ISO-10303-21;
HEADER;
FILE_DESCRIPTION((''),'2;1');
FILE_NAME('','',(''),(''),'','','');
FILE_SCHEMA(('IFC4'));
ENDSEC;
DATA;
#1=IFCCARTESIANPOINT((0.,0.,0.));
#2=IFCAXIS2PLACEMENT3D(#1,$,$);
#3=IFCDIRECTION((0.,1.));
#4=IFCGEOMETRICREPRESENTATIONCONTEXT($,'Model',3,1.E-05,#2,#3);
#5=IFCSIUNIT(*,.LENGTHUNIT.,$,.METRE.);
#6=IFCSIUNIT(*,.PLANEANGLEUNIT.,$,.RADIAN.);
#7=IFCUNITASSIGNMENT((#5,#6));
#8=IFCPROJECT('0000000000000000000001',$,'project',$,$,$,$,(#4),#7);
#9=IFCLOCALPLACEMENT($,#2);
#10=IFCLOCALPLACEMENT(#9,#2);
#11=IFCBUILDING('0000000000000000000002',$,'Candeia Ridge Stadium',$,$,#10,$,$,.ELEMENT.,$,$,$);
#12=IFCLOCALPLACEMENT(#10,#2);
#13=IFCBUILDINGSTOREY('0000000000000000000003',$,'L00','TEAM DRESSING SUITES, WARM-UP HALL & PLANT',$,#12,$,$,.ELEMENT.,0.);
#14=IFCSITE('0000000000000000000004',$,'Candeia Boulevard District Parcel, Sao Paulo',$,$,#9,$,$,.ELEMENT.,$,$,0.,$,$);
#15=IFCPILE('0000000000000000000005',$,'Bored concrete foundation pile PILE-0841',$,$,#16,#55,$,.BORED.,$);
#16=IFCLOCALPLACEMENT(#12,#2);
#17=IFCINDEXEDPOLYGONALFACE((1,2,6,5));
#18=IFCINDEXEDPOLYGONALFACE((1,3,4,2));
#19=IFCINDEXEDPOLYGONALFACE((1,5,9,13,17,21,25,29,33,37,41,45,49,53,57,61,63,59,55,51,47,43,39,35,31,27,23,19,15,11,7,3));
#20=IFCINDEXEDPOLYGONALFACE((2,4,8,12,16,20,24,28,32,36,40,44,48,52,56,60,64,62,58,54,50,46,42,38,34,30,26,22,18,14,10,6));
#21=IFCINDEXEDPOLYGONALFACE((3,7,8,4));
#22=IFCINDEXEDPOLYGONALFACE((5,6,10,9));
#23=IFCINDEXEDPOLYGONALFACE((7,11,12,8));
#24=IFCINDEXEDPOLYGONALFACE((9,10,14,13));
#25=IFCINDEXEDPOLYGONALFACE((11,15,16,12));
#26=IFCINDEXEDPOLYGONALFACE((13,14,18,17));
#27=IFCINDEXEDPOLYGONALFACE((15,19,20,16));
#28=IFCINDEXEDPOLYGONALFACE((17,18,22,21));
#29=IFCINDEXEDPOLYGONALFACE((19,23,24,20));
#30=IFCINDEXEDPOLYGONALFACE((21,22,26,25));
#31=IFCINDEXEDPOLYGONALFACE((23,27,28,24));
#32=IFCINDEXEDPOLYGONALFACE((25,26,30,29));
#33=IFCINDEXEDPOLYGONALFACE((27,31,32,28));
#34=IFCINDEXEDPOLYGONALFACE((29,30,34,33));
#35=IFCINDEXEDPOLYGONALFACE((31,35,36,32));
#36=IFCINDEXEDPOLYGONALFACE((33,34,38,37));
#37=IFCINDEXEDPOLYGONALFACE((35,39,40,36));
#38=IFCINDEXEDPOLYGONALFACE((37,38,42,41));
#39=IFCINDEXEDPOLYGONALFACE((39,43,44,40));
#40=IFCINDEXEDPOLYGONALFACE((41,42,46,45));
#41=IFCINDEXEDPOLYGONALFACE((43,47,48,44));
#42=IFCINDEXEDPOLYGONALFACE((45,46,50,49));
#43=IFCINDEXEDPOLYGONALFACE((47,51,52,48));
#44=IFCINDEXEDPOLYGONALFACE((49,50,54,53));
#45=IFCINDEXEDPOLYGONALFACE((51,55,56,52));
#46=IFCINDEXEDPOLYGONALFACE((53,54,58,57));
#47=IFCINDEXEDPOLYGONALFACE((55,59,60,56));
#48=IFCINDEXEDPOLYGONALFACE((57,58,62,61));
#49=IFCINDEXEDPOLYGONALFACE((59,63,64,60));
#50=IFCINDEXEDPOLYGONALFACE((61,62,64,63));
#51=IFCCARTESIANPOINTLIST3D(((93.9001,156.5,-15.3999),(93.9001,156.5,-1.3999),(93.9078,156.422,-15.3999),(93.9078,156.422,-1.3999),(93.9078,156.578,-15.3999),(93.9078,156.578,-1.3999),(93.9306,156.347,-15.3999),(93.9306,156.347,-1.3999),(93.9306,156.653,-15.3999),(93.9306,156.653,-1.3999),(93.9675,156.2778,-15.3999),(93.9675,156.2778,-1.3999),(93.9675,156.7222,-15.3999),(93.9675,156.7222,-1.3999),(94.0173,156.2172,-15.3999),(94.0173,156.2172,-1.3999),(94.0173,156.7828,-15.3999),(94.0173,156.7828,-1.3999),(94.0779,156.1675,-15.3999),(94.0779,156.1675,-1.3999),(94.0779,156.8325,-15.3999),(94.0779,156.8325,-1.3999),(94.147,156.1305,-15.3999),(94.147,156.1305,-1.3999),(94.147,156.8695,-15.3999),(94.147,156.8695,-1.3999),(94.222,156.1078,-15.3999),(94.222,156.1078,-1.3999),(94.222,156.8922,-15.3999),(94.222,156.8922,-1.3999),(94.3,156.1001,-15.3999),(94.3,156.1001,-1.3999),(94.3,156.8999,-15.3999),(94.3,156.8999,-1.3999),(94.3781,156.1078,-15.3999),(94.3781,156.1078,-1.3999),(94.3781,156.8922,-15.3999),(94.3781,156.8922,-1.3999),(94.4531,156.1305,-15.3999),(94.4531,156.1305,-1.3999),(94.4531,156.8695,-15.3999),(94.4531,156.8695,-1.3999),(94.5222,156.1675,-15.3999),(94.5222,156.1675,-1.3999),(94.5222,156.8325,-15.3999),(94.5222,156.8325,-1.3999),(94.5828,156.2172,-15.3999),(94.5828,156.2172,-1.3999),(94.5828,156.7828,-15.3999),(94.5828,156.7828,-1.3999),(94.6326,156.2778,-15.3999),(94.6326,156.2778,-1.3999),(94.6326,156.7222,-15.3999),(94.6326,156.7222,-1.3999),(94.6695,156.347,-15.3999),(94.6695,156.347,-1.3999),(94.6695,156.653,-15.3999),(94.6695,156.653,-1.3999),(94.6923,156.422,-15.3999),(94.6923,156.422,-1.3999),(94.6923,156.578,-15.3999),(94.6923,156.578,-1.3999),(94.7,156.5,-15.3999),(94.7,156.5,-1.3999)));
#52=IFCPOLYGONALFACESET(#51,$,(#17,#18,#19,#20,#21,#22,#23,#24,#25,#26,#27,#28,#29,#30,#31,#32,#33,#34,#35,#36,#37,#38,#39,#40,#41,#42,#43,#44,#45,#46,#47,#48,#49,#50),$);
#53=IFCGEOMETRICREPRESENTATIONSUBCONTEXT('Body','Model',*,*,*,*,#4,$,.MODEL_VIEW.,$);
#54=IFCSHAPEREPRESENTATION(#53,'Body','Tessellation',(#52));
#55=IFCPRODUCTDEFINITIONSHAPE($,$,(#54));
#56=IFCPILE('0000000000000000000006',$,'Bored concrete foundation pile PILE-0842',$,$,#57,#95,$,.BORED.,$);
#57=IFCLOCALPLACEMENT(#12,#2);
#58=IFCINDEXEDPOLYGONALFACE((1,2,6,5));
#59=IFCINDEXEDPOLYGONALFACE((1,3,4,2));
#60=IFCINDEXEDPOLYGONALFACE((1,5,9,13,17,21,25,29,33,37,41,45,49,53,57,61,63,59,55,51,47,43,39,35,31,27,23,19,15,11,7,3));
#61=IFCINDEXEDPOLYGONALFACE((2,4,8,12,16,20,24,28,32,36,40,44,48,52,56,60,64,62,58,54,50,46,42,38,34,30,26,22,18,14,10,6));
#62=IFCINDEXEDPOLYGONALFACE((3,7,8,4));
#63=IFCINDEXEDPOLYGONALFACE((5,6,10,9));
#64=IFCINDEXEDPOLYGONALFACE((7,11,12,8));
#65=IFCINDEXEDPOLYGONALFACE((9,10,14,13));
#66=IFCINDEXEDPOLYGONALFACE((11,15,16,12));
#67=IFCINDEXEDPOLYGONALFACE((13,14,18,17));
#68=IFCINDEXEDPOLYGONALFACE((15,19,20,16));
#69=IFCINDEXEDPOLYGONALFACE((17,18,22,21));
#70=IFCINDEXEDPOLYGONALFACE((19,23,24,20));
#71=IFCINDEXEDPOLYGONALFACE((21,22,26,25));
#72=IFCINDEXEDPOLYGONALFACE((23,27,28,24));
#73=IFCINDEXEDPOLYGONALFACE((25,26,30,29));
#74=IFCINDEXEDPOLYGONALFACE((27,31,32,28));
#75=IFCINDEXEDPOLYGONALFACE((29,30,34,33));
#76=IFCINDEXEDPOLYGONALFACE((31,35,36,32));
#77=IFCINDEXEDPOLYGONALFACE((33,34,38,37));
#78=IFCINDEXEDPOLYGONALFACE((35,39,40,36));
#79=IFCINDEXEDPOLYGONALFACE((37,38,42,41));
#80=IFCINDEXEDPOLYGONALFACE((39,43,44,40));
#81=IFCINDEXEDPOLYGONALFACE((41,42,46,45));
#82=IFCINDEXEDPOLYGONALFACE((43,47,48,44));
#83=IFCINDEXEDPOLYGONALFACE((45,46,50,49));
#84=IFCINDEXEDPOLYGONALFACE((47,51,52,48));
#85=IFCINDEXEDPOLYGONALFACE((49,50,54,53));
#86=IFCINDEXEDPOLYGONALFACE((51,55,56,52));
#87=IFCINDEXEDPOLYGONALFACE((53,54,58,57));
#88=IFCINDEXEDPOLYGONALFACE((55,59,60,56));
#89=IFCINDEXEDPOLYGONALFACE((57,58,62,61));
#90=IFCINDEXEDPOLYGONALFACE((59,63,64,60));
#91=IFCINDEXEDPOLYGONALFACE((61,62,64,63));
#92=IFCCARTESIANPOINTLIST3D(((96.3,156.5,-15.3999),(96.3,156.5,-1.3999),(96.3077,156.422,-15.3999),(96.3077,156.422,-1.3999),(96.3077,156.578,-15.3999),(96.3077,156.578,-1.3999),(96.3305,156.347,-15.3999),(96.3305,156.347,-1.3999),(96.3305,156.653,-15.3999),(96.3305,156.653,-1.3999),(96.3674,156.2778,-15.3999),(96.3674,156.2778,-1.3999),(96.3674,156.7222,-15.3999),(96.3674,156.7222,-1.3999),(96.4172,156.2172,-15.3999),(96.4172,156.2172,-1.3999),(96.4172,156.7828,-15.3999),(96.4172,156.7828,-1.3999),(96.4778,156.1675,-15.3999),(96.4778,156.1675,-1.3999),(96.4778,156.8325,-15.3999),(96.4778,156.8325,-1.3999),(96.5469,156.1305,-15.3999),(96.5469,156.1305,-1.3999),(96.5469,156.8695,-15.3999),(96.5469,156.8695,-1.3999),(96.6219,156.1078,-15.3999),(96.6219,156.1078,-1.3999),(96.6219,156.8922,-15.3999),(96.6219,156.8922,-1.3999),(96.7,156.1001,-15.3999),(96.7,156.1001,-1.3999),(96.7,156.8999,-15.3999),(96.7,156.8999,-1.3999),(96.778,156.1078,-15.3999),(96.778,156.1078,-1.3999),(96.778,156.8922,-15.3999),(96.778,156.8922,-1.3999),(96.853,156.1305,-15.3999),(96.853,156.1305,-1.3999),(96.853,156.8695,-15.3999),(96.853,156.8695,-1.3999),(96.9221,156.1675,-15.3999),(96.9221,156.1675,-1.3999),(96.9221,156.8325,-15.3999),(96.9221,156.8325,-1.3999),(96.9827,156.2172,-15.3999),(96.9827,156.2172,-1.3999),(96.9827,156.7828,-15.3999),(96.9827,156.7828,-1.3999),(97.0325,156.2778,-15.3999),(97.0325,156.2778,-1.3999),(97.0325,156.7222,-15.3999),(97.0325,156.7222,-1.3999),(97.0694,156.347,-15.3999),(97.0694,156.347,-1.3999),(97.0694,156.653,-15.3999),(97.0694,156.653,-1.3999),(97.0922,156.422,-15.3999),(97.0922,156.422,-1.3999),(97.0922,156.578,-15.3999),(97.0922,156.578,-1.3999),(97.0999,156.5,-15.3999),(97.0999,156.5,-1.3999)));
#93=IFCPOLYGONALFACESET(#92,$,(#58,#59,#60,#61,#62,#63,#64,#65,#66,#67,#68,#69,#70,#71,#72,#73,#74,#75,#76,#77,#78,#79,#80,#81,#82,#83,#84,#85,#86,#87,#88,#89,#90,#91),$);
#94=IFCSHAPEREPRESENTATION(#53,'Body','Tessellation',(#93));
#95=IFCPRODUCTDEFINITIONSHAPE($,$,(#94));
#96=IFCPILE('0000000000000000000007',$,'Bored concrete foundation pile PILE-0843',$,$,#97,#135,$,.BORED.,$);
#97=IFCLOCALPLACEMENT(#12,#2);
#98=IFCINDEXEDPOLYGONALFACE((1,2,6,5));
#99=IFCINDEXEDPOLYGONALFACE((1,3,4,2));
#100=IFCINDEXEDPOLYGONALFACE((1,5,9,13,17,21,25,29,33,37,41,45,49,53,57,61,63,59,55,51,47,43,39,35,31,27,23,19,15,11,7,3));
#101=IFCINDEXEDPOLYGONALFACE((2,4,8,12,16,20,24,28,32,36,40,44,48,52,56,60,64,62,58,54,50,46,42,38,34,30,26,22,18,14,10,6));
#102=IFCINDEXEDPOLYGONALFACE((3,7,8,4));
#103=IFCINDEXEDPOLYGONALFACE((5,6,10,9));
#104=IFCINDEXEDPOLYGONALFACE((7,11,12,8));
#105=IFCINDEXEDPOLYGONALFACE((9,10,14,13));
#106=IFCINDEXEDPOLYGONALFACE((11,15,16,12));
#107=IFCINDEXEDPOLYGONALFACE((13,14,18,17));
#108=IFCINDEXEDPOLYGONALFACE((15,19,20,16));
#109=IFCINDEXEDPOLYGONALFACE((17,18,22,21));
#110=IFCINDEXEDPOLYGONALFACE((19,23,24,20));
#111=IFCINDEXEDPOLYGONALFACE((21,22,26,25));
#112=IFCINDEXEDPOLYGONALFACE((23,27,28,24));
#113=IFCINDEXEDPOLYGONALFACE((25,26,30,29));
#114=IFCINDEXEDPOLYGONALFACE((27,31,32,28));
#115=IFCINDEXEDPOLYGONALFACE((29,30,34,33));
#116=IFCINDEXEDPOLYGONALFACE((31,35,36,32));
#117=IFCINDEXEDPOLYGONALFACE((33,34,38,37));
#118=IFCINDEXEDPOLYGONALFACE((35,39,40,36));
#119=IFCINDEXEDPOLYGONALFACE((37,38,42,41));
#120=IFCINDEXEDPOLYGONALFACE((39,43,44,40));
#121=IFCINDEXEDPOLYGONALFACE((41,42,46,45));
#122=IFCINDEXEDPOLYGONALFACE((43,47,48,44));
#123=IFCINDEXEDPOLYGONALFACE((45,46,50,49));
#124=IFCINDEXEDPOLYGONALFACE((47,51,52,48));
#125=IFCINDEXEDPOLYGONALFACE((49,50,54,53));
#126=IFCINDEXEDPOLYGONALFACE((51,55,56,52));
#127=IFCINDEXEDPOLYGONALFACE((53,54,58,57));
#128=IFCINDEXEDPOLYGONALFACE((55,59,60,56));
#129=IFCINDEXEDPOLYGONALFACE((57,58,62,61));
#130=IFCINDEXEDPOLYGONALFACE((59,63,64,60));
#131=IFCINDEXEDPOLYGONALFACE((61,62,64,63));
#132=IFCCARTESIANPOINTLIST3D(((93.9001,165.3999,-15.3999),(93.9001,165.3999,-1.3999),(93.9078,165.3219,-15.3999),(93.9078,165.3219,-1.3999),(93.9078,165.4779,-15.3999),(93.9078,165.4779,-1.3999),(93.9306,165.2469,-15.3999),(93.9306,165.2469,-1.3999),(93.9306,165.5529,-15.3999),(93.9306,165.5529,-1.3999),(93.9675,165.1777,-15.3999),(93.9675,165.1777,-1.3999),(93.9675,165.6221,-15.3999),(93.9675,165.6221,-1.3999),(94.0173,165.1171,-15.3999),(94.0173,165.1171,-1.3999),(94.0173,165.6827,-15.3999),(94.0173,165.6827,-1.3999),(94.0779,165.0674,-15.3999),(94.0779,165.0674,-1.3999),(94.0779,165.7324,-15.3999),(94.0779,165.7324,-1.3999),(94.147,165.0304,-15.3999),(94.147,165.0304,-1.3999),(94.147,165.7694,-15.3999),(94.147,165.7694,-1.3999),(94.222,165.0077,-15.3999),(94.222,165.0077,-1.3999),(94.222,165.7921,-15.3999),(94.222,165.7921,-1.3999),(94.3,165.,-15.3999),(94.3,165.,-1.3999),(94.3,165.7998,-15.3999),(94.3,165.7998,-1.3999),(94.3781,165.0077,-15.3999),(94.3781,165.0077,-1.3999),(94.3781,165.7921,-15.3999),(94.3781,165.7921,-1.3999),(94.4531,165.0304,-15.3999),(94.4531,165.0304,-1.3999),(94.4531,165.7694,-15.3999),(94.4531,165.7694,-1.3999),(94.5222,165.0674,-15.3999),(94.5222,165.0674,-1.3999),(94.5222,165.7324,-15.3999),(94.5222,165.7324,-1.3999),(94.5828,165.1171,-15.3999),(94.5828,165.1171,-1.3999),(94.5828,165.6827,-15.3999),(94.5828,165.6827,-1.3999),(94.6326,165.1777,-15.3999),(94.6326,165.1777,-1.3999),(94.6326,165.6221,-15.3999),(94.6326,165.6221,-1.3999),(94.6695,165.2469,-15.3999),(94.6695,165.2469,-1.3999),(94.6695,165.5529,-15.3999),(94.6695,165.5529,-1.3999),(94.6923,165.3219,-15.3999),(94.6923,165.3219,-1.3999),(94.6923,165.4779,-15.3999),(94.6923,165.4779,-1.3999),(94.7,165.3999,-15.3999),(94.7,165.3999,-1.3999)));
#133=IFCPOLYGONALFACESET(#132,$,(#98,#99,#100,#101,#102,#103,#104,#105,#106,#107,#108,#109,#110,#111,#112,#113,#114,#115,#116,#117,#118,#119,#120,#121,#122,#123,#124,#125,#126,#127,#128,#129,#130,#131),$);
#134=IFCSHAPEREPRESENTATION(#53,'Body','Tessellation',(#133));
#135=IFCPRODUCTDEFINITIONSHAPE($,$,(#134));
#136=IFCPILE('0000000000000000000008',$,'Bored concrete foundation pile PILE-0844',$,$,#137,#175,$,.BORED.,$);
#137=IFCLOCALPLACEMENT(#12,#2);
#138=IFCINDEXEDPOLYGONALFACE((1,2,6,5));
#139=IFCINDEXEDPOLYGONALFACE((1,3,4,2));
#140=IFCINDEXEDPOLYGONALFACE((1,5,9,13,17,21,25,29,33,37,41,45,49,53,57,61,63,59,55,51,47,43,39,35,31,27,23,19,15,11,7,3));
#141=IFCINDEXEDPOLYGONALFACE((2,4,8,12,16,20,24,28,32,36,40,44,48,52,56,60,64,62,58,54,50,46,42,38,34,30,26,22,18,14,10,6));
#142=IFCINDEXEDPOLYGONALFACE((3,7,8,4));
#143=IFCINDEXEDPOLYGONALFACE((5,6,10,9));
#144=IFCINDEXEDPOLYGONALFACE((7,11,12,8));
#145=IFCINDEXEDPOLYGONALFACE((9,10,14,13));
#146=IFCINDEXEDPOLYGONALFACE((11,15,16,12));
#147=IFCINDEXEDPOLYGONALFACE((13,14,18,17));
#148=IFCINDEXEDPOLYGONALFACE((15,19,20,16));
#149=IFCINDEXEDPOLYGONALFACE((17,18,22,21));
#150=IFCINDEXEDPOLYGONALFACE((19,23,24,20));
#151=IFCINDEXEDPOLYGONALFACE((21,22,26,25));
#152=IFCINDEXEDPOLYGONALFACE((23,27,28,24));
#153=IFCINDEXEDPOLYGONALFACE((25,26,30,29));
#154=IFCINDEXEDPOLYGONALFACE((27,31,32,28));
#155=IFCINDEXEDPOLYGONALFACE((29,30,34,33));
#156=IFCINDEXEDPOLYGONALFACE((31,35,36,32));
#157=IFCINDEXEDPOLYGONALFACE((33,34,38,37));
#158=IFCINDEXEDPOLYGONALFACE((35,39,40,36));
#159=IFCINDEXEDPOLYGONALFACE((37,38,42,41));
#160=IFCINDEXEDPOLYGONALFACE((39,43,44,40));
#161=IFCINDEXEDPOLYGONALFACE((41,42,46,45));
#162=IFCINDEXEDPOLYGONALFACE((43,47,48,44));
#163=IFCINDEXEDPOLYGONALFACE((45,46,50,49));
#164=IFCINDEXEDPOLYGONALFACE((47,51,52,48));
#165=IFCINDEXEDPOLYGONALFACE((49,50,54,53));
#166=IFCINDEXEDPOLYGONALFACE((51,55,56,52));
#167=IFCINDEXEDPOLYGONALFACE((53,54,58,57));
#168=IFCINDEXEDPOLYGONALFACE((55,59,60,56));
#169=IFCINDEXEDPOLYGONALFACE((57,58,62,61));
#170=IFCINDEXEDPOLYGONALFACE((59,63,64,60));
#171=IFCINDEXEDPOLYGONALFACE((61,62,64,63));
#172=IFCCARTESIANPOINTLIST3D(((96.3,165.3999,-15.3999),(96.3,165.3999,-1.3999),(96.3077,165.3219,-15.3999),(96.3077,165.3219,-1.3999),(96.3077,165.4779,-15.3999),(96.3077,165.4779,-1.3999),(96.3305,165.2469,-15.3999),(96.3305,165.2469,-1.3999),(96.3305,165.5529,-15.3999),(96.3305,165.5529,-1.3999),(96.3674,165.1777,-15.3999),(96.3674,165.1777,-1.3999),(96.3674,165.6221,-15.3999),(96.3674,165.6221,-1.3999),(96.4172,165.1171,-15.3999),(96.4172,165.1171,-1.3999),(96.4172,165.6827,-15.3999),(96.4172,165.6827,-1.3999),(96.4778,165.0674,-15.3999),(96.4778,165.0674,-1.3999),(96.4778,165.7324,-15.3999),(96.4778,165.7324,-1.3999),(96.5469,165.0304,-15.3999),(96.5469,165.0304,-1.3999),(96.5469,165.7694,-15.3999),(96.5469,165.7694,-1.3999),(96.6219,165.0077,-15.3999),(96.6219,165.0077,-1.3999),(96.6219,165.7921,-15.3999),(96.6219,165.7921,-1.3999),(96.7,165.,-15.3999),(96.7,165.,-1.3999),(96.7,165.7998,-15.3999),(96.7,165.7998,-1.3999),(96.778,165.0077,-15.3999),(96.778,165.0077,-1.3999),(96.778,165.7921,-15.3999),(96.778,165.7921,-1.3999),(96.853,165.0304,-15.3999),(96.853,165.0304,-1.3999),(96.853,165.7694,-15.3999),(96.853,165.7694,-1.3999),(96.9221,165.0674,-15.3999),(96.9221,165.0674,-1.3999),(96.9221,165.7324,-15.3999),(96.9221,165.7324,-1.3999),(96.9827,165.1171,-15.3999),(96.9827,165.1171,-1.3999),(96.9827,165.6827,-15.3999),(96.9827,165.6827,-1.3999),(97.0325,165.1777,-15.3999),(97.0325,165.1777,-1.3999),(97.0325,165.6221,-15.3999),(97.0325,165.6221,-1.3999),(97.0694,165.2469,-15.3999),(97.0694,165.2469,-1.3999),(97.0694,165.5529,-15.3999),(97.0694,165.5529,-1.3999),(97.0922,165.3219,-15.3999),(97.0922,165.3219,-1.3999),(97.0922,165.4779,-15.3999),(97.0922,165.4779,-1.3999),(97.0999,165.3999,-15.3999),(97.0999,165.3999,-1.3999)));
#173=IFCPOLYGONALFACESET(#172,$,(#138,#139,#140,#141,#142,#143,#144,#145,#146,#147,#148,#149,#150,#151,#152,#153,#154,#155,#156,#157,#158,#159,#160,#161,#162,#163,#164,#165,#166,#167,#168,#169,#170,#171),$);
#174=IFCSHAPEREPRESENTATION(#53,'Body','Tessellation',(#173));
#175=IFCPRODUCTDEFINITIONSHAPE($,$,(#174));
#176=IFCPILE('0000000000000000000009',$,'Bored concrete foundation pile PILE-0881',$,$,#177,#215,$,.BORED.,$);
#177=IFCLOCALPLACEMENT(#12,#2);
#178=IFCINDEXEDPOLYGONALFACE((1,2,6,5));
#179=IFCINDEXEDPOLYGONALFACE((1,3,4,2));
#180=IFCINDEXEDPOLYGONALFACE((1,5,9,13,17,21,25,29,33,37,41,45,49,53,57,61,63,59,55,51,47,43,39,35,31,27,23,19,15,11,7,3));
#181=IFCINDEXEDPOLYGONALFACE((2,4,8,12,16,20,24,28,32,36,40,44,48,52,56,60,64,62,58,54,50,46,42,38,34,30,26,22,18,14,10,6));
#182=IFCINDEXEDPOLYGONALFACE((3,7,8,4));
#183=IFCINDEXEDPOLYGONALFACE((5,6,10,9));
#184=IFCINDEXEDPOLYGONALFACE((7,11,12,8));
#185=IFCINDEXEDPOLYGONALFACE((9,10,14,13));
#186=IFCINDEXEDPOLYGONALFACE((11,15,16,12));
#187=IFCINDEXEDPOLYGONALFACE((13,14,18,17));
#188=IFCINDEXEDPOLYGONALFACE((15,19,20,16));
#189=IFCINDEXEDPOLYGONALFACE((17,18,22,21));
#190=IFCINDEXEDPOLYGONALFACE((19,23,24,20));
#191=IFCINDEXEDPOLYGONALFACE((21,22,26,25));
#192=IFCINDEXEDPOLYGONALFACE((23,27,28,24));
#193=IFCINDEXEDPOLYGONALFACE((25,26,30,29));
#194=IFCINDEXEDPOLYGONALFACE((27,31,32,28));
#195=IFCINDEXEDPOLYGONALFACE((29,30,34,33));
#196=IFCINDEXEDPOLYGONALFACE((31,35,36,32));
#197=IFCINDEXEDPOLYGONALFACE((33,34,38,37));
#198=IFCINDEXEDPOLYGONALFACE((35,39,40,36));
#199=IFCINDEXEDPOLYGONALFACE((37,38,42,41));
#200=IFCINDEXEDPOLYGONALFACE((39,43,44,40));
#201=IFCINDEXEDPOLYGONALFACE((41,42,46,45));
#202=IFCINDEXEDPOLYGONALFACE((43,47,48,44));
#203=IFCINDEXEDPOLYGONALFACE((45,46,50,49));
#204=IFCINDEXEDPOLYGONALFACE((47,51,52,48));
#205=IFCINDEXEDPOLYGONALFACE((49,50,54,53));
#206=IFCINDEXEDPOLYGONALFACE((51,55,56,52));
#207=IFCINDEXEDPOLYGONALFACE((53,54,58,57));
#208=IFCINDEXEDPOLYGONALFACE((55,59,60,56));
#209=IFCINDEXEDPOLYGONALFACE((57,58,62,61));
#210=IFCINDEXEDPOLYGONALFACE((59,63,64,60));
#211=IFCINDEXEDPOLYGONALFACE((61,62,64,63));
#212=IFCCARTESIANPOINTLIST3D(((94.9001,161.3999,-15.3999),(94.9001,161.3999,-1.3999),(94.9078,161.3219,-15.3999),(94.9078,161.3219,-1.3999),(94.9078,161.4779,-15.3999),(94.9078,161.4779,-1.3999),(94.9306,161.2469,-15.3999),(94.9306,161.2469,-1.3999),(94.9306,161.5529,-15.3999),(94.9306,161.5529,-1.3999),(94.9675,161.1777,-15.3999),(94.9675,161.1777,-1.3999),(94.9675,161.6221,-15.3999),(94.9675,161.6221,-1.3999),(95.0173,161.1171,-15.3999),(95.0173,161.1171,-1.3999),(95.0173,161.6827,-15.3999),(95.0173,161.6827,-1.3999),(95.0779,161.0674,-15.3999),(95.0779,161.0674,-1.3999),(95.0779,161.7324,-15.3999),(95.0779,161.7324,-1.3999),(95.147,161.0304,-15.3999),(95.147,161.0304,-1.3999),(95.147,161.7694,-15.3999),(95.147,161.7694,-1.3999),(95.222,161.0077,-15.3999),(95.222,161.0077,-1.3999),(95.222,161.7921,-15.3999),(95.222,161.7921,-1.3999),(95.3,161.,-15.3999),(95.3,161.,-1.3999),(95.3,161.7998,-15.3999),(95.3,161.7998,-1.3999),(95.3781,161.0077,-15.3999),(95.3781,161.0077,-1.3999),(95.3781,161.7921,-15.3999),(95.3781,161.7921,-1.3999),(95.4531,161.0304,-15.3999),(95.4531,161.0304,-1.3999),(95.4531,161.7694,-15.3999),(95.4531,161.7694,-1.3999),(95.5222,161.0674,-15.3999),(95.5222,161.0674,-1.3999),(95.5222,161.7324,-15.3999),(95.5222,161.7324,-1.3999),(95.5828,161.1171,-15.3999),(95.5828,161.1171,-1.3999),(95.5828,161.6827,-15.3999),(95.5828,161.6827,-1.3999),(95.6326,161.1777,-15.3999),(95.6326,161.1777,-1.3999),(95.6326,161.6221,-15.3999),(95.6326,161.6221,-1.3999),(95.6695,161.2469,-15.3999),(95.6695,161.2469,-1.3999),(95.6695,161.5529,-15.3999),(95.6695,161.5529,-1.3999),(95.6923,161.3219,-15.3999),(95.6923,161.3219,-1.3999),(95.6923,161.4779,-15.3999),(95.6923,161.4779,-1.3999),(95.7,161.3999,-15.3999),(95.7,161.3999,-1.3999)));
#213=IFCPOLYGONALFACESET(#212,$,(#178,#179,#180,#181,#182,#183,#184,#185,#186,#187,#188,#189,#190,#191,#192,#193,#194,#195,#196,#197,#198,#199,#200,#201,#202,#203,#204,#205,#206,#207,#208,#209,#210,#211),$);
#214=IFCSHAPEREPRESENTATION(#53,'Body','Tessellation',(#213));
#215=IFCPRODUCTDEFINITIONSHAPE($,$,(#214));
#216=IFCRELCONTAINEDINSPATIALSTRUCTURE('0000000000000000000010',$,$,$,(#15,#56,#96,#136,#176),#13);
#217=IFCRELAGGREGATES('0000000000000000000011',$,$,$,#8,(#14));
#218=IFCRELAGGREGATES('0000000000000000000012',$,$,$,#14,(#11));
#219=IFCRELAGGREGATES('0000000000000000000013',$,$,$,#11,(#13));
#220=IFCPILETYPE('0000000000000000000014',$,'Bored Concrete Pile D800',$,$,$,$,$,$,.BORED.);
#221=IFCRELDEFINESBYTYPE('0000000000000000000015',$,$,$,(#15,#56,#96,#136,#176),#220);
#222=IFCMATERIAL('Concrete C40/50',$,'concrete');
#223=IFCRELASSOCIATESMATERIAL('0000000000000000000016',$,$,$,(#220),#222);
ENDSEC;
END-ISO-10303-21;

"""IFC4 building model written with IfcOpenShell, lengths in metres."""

from ifc_helpers import new_model, si_unit, direction, frame, origin, origin_2d, place, context, subcontext, project, spatial, circle, extrude, material, material_profile, profile_set, type_object, element, save


model = new_model("IFC4")

# Units and contexts
model_context = context("Model", 3, precision=1e-05, world=origin(), true_north=direction((0.0, 1.0)))
body_context = subcontext(model_context, "Body", "Model", "MODEL_VIEW")
ifc_project = project(units=[si_unit("LENGTHUNIT", "METRE"), si_unit("PLANEANGLEUNIT", "RADIAN")], contexts=[model_context])

# Site, building, storey
site_placement = place(None, origin())
site = spatial("IfcSite", under=ifc_project, at=site_placement, Name="Candeia Boulevard District Parcel, Sao Paulo", CompositionType="ELEMENT", RefElevation=0.0)
building_placement = place(site_placement, origin())
building = spatial("IfcBuilding", under=site, at=building_placement, Name="Candeia Ridge Stadium", CompositionType="ELEMENT")
storey_placement = place(building_placement, origin())
storey = spatial("IfcBuildingStorey", under=building, at=storey_placement, Name="L00", Description="TEAM DRESSING SUITES, WARM-UP HALL & PLANT", CompositionType="ELEMENT", Elevation=0.0)

# Piles
ifc_material_1 = material(Name="Concrete C40/50", Category="concrete")
ifc_material_profile_1 = material_profile(ifc_material_1, circle(Radius=0.3999, at=origin_2d()), Name="PILE-D800", Category="concrete")
ifc_profile_set_1 = profile_set([ifc_material_profile_1], Name="Concrete C40/50")
pile_type = type_object("IfcPileType", Name="Bored Concrete Pile D800", PredefinedType="BORED", material=ifc_profile_set_1)
for number, where, z_axis, x_axis, name in (
    (1, (94.3, 156.5, -1.3999), (0.0, 0.0, -1.0), (1.0, 0.0, 0.0), "Bored concrete foundation pile PILE-0841"),
    (2, (96.7, 156.5, -1.3999), (0.0, 0.0, -1.0), (1.0, 0.0, 0.0), "Bored concrete foundation pile PILE-0842"),
    (3, (94.3, 165.3999, -1.3999), (0.0, 0.0, -1.0), (1.0, 0.0, 0.0), "Bored concrete foundation pile PILE-0843"),
    (4, (96.7, 165.3999, -1.3999), (0.0, 0.0, -1.0), (1.0, 0.0, 0.0), "Bored concrete foundation pile PILE-0844"),
    (5, (95.3, 161.3999, -1.3999), (0.0, 0.0, -1.0), (1.0, 0.0, 0.0), "Bored concrete foundation pile PILE-0881"),
):
    element("IfcPile", number, at=place(storey_placement, frame(where, z_axis=z_axis, x_axis=x_axis)), inside=storey, type_object=pile_type, Name=name, PredefinedType="BORED", context=body_context, shape_type="SweptSolid", body=[
        extrude(circle(Radius=0.3999, at=origin_2d()), origin(), (0.0, 0.0, 1.0), 14.0),
    ])

save(model, "model.ifc")
